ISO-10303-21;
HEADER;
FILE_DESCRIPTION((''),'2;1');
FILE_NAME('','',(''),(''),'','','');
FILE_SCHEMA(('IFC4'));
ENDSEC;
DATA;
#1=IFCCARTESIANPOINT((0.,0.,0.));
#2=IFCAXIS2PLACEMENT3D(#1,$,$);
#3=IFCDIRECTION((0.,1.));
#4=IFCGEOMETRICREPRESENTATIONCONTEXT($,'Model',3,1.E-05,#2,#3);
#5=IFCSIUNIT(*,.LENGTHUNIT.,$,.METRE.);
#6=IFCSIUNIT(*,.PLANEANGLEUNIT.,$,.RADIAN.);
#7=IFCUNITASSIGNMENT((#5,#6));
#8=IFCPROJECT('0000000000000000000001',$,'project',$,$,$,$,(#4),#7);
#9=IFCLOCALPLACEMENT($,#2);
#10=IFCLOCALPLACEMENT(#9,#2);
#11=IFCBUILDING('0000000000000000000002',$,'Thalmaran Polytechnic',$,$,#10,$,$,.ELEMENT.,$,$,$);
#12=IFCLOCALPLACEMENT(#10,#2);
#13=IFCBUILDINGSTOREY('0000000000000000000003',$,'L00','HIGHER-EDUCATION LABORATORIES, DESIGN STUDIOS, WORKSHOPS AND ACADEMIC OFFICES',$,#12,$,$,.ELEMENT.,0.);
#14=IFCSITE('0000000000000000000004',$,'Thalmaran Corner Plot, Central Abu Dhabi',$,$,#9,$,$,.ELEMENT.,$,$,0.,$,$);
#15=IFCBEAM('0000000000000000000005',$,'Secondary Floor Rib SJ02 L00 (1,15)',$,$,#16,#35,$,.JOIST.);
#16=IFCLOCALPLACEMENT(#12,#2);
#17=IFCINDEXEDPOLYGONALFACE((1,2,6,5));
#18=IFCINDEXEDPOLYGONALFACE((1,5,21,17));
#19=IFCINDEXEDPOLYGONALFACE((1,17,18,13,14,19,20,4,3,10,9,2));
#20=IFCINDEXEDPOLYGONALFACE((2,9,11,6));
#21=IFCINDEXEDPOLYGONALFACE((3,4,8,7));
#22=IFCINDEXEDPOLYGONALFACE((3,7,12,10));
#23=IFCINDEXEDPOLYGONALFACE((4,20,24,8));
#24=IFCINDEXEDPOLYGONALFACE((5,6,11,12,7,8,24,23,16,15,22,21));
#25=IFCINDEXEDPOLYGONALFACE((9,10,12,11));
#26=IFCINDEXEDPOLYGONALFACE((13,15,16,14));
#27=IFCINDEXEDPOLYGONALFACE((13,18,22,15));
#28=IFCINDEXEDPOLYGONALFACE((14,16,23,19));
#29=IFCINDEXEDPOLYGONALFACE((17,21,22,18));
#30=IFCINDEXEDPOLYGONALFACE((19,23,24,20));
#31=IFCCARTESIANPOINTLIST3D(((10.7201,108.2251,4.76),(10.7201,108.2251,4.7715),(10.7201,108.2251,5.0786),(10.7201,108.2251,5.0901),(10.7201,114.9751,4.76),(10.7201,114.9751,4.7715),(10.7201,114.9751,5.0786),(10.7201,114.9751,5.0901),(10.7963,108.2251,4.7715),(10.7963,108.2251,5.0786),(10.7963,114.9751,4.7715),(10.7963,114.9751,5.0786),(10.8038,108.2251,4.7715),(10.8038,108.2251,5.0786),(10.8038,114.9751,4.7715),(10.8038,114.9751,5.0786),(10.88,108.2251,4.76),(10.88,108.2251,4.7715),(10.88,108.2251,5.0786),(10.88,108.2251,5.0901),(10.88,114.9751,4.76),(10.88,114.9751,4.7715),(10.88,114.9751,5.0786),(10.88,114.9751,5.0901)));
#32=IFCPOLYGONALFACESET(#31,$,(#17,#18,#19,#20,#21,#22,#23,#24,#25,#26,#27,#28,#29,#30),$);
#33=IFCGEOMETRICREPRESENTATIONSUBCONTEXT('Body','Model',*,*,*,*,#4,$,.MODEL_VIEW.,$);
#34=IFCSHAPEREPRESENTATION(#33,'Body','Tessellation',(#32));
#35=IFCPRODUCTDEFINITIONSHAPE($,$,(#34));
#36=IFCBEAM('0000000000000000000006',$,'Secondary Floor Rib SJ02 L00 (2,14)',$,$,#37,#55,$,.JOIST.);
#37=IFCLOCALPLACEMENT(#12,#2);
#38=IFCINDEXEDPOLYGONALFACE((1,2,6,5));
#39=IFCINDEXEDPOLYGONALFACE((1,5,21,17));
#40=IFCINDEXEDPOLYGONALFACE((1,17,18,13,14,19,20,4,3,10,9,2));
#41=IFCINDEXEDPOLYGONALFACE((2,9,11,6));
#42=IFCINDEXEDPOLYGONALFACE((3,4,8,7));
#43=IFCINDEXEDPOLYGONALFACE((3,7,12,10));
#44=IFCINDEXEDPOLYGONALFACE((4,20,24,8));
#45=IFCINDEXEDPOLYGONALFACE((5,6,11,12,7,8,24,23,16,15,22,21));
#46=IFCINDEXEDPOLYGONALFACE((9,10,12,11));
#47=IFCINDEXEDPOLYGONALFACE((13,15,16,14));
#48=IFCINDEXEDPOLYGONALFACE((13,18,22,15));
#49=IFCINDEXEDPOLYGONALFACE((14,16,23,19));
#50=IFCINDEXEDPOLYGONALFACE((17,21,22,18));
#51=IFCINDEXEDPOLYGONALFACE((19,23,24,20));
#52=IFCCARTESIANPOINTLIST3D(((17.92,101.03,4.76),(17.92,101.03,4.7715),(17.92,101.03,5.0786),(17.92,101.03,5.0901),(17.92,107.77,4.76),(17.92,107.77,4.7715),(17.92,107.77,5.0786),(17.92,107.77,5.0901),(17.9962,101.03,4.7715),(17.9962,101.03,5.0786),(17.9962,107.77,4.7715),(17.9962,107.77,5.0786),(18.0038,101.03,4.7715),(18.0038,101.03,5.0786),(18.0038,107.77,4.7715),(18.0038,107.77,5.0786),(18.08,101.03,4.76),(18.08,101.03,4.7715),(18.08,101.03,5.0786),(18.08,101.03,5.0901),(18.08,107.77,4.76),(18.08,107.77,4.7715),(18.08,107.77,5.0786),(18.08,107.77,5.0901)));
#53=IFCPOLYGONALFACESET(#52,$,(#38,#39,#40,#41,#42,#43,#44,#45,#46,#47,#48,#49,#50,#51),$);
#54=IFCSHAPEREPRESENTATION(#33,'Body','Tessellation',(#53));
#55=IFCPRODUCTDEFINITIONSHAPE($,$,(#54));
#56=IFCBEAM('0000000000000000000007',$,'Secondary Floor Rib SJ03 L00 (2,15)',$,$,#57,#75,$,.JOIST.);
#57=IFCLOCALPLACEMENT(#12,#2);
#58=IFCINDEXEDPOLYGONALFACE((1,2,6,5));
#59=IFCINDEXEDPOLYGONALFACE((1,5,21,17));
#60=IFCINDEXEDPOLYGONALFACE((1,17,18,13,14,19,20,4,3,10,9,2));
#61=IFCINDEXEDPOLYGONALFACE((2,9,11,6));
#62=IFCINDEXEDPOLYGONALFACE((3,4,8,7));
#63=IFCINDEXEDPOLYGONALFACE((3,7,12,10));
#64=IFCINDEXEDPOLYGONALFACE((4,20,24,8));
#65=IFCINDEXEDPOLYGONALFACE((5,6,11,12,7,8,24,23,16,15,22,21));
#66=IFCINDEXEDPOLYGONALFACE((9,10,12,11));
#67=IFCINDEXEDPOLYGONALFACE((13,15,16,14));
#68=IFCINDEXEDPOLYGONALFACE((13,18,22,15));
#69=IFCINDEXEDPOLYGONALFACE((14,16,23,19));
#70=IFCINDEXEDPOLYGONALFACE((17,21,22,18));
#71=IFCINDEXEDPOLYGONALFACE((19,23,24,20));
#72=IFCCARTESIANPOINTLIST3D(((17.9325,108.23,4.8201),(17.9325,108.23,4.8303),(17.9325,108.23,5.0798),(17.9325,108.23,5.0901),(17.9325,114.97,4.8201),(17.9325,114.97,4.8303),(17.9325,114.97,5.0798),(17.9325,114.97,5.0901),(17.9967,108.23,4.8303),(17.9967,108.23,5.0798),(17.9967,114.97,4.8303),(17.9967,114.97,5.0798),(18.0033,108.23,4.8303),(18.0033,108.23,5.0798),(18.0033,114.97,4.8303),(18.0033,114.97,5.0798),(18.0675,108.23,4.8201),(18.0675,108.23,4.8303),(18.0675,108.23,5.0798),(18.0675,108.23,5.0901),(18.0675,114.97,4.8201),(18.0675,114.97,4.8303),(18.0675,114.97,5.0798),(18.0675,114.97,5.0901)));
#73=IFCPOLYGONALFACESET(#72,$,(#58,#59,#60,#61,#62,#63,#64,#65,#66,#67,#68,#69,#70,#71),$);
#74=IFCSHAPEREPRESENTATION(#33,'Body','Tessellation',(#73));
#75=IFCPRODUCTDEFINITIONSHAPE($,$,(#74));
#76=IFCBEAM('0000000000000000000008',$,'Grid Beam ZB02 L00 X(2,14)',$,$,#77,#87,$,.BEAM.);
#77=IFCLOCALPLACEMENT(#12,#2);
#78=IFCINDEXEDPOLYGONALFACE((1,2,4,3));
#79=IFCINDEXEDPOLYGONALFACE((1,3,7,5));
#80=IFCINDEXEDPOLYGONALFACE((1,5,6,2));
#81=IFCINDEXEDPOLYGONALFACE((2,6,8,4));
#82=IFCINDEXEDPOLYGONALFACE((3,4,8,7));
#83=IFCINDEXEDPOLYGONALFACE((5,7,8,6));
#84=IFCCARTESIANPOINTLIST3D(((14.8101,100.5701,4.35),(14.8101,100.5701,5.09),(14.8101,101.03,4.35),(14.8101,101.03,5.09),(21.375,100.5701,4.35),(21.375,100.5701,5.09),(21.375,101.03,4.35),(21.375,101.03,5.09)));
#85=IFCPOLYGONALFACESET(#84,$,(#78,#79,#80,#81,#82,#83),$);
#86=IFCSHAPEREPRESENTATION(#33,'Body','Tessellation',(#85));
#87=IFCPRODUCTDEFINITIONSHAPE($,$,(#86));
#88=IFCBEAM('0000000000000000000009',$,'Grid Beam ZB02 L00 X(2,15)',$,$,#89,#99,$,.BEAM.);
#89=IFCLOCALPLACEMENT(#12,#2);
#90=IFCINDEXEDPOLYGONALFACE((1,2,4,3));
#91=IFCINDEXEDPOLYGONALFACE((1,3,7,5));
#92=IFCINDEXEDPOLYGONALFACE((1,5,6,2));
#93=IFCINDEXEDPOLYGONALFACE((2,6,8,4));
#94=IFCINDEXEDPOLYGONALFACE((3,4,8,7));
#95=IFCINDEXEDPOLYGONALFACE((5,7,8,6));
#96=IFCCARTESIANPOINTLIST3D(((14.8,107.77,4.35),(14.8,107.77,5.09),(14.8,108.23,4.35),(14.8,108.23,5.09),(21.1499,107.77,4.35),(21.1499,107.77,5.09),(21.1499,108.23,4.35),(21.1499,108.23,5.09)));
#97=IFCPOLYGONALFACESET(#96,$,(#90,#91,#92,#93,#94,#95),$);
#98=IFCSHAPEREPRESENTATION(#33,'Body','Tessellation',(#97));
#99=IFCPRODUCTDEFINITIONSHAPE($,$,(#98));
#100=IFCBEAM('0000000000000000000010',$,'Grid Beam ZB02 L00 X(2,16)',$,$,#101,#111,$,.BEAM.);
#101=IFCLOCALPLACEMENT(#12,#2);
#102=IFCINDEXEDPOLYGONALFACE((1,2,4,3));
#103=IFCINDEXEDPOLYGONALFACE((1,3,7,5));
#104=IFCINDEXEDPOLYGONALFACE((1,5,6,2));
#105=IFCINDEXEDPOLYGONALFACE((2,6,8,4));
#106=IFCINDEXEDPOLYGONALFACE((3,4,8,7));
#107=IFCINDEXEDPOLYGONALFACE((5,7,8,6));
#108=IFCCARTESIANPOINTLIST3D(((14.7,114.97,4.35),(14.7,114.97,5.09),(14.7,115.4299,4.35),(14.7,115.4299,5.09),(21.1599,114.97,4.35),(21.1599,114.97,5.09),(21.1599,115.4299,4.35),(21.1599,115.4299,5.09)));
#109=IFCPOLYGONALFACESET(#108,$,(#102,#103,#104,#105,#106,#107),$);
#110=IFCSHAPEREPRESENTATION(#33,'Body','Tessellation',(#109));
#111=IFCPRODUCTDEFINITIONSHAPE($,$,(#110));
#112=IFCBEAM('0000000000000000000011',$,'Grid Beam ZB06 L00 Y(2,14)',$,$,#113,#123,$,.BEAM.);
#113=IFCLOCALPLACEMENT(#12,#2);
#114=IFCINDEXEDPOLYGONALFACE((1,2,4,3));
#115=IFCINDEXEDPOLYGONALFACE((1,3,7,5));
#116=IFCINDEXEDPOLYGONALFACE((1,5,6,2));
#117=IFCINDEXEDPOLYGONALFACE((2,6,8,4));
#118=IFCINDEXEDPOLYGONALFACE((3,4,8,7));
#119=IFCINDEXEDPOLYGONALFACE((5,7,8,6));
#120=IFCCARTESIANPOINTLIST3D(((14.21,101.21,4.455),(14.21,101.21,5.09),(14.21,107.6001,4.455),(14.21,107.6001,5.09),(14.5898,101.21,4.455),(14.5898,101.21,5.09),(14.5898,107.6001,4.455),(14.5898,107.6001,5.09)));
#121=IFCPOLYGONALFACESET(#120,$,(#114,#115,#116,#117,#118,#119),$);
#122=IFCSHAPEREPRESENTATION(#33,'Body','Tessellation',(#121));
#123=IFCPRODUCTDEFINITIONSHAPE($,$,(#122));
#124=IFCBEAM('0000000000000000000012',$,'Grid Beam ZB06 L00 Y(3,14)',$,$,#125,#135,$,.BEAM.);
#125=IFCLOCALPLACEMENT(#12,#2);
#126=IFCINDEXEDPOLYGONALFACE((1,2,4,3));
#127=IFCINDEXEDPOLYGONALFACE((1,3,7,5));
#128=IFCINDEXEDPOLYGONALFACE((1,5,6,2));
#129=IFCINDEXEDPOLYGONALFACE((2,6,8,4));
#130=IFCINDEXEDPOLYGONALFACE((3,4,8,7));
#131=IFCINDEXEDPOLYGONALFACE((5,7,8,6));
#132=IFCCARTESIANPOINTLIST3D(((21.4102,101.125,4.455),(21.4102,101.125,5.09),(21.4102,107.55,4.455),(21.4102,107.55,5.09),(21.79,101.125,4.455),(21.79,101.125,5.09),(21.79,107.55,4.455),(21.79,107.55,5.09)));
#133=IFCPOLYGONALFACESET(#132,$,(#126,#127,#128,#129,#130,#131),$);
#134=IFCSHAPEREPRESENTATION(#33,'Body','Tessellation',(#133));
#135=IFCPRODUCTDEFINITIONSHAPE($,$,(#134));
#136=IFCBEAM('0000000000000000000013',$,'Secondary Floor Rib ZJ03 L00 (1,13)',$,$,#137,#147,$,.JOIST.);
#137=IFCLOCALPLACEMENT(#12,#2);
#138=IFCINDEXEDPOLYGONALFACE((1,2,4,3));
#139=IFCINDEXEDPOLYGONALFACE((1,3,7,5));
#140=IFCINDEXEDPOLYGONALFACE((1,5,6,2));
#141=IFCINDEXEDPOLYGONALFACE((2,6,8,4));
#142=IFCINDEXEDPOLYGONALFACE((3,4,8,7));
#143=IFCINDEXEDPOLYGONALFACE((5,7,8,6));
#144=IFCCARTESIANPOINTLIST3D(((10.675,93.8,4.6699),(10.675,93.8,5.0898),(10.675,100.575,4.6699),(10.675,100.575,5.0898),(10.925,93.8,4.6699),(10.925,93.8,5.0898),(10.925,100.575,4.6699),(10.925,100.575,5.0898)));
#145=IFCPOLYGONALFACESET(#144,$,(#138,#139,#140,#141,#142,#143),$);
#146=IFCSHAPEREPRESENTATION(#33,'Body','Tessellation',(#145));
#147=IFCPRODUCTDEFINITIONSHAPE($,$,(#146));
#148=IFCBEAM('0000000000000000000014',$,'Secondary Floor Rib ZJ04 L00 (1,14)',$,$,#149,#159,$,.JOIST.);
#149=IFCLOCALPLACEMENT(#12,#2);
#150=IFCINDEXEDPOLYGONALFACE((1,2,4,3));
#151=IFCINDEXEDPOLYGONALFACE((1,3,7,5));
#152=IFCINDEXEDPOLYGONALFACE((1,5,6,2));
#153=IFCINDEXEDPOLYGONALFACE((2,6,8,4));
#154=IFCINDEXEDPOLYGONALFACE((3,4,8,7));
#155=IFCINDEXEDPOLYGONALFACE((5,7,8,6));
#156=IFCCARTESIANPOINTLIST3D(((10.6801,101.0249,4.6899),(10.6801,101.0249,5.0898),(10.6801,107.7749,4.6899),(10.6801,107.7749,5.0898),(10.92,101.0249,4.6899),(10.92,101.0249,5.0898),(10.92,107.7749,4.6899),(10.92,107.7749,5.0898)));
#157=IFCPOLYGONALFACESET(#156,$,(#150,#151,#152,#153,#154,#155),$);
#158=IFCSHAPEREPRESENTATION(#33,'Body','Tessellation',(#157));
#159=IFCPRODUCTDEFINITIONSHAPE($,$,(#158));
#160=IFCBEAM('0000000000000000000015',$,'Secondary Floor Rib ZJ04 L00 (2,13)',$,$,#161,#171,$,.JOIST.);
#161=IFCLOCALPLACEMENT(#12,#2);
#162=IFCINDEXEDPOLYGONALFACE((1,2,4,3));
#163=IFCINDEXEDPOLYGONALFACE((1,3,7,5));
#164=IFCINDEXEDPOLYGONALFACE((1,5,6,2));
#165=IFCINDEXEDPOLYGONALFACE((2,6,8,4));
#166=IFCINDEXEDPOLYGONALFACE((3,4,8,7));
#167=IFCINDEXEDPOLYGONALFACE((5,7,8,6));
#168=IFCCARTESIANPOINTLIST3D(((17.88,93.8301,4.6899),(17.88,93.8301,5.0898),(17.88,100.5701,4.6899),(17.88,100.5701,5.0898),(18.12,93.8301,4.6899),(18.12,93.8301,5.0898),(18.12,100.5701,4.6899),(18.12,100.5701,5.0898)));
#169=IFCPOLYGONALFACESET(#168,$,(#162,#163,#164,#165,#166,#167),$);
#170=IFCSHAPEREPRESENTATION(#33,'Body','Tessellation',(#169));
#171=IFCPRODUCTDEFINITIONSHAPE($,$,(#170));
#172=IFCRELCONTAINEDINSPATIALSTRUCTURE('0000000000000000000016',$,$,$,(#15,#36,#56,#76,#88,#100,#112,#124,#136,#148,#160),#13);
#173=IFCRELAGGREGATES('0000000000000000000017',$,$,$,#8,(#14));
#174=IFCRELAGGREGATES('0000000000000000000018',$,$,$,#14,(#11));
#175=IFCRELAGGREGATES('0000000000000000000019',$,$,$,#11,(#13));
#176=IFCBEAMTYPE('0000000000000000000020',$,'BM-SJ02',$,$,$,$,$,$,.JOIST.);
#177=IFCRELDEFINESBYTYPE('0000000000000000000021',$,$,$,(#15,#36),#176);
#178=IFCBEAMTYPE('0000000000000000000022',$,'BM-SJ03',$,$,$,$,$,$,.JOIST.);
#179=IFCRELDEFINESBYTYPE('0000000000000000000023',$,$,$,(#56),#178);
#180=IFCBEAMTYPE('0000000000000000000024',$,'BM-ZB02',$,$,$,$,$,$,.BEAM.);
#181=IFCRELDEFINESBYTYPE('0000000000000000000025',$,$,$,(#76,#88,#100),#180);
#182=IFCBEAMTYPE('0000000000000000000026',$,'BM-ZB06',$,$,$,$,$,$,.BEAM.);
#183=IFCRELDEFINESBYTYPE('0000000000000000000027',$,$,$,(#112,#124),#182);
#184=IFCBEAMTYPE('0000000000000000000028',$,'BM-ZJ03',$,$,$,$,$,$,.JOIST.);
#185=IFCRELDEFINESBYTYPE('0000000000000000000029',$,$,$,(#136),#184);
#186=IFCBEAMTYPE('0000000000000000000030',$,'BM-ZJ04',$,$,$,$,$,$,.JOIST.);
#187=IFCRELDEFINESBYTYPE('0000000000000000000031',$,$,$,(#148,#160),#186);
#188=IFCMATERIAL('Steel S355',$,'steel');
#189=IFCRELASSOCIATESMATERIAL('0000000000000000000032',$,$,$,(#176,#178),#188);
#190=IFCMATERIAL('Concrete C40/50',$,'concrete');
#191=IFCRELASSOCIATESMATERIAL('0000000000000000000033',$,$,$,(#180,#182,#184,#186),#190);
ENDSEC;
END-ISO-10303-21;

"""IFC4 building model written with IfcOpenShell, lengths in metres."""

from ifc_helpers import new_model, si_unit, direction, frame, origin, origin_2d, place, context, subcontext, project, spatial, rectangle, i_section, extrude, material, material_profile, profile_set, type_object, element, save


model = new_model("IFC4")

# Units and contexts
model_context = context("Model", 3, precision=1e-05, world=origin(), true_north=direction((0.0, 1.0)))
body_context = subcontext(model_context, "Body", "Model", "MODEL_VIEW")
ifc_project = project(units=[si_unit("LENGTHUNIT", "METRE"), si_unit("PLANEANGLEUNIT", "RADIAN")], contexts=[model_context])

# Site, building, storey
site_placement = place(None, origin())
site = spatial("IfcSite", under=ifc_project, at=site_placement, Name="Thalmaran Corner Plot, Central Abu Dhabi", CompositionType="ELEMENT", RefElevation=0.0)
building_placement = place(site_placement, origin())
building = spatial("IfcBuilding", under=site, at=building_placement, Name="Thalmaran Polytechnic", CompositionType="ELEMENT")
storey_placement = place(building_placement, origin())
storey = spatial("IfcBuildingStorey", under=building, at=storey_placement, Name="L00", Description="HIGHER-EDUCATION LABORATORIES, DESIGN STUDIOS, WORKSHOPS AND ACADEMIC OFFICES", CompositionType="ELEMENT", Elevation=0.0)

# Shared definitions
ifc_material_1 = material(Name="Concrete C40/50", Category="concrete")

# Beams
ifc_material_2 = material(Name="Steel S355", Category="steel")
ifc_material_profile_1 = material_profile(ifc_material_2, i_section(OverallWidth=0.1599, OverallDepth=0.3301, WebThickness=0.0076, FlangeThickness=0.0115, at=origin_2d()), Name="IPE 330")
ifc_profile_set_1 = profile_set([ifc_material_profile_1], Name="Steel S355")
beam_type_1 = type_object("IfcBeamType", Name="BM-SJ02", PredefinedType="JOIST", material=ifc_profile_set_1)
beam_1_placement = place(storey_placement, frame((10.8, 108.2251, 4.925), z_axis=(0.0, 1.0, 0.0), x_axis=(-1.0, 0.0, 0.0)))
element("IfcBeam", 1, at=beam_1_placement, inside=storey, type_object=beam_type_1, Name="Secondary Floor Rib SJ02 L00 (1,15)", PredefinedType="JOIST", context=body_context, shape_type="SweptSolid", body=[
    extrude(i_section(OverallWidth=0.1599, OverallDepth=0.3301, WebThickness=0.0076, FlangeThickness=0.0115, at=origin_2d()), origin(), (0.0, 0.0, 1.0), 6.75),
])
beam_2_placement = place(storey_placement, frame((18.0, 101.03, 4.925), z_axis=(0.0, 1.0, 0.0), x_axis=(-1.0, 0.0, 0.0)))
element("IfcBeam", 2, at=beam_2_placement, inside=storey, type_object=beam_type_1, Name="Secondary Floor Rib SJ02 L00 (2,14)", PredefinedType="JOIST", context=body_context, shape_type="SweptSolid", body=[
    extrude(i_section(OverallWidth=0.1599, OverallDepth=0.3301, WebThickness=0.0076, FlangeThickness=0.0115, at=origin_2d()), origin(), (0.0, 0.0, 1.0), 6.74),
])
ifc_material_profile_2 = material_profile(ifc_material_2, i_section(OverallWidth=0.135, OverallDepth=0.27, WebThickness=0.0066, FlangeThickness=0.0103, at=origin_2d()), Name="IPE 270")
ifc_profile_set_2 = profile_set([ifc_material_profile_2], Name="Steel S355")
beam_type_2 = type_object("IfcBeamType", Name="BM-SJ03", PredefinedType="JOIST", material=ifc_profile_set_2)
beam_3_placement = place(storey_placement, frame((18.0, 108.23, 4.9551), z_axis=(0.0, 1.0, 0.0), x_axis=(-1.0, 0.0, 0.0)))
element("IfcBeam", 3, at=beam_3_placement, inside=storey, type_object=beam_type_2, Name="Secondary Floor Rib SJ03 L00 (2,15)", PredefinedType="JOIST", context=body_context, shape_type="SweptSolid", body=[
    extrude(i_section(OverallWidth=0.135, OverallDepth=0.27, WebThickness=0.0066, FlangeThickness=0.0103, at=origin_2d()), origin(), (0.0, 0.0, 1.0), 6.74),
])
ifc_material_profile_3 = material_profile(ifc_material_1, rectangle(XDim=0.46, YDim=0.74, at=origin_2d()), Name="RC 460x740")
ifc_profile_set_3 = profile_set([ifc_material_profile_3], Name="Concrete C40/50")
beam_type_3 = type_object("IfcBeamType", Name="BM-ZB02", PredefinedType="BEAM", material=ifc_profile_set_3)
beam_4_placement = place(storey_placement, frame((14.8101, 100.8, 4.72), z_axis=(1.0, 0.0, 0.0), x_axis=(0.0, 1.0, 0.0)))
element("IfcBeam", 4, at=beam_4_placement, inside=storey, type_object=beam_type_3, Name="Grid Beam ZB02 L00 X(2,14)", PredefinedType="BEAM", context=body_context, shape_type="SweptSolid", body=[
    extrude(rectangle(XDim=0.46, YDim=0.74, at=origin_2d()), origin(), (0.0, 0.0, 1.0), 6.5649),
])
beam_5_placement = place(storey_placement, frame((14.8, 108.0, 4.72), z_axis=(1.0, 0.0, 0.0), x_axis=(0.0, 1.0, 0.0)))
element("IfcBeam", 5, at=beam_5_placement, inside=storey, type_object=beam_type_3, Name="Grid Beam ZB02 L00 X(2,15)", PredefinedType="BEAM", context=body_context, shape_type="SweptSolid", body=[
    extrude(rectangle(XDim=0.46, YDim=0.74, at=origin_2d()), origin(), (0.0, 0.0, 1.0), 6.3499),
])
beam_6_placement = place(storey_placement, frame((14.7, 115.2, 4.72), z_axis=(1.0, 0.0, 0.0), x_axis=(0.0, 1.0, 0.0)))
element("IfcBeam", 6, at=beam_6_placement, inside=storey, type_object=beam_type_3, Name="Grid Beam ZB02 L00 X(2,16)", PredefinedType="BEAM", context=body_context, shape_type="SweptSolid", body=[
    extrude(rectangle(XDim=0.46, YDim=0.74, at=origin_2d()), origin(), (0.0, 0.0, 1.0), 6.46),
])
ifc_material_profile_4 = material_profile(ifc_material_1, rectangle(XDim=0.3799, YDim=0.635, at=origin_2d()), Name="RC 380x635")
ifc_profile_set_4 = profile_set([ifc_material_profile_4], Name="Concrete C40/50")
beam_type_4 = type_object("IfcBeamType", Name="BM-ZB06", PredefinedType="BEAM", material=ifc_profile_set_4)
beam_7_placement = place(storey_placement, frame((14.3999, 101.21, 4.7725), z_axis=(0.0, 1.0, 0.0), x_axis=(-1.0, 0.0, 0.0)))
element("IfcBeam", 7, at=beam_7_placement, inside=storey, type_object=beam_type_4, Name="Grid Beam ZB06 L00 Y(2,14)", PredefinedType="BEAM", context=body_context, shape_type="SweptSolid", body=[
    extrude(rectangle(XDim=0.3799, YDim=0.635, at=origin_2d()), origin(), (0.0, 0.0, 1.0), 6.3901),
])
beam_8_placement = place(storey_placement, frame((21.6001, 101.125, 4.7725), z_axis=(0.0, 1.0, 0.0), x_axis=(-1.0, 0.0, 0.0)))
element("IfcBeam", 8, at=beam_8_placement, inside=storey, type_object=beam_type_4, Name="Grid Beam ZB06 L00 Y(3,14)", PredefinedType="BEAM", context=body_context, shape_type="SweptSolid", body=[
    extrude(rectangle(XDim=0.3799, YDim=0.635, at=origin_2d()), origin(), (0.0, 0.0, 1.0), 6.425),
])
ifc_material_profile_5 = material_profile(ifc_material_1, rectangle(XDim=0.25, YDim=0.4199, at=origin_2d()), Name="RC 250x420")
ifc_profile_set_5 = profile_set([ifc_material_profile_5], Name="Concrete C40/50")
beam_type_5 = type_object("IfcBeamType", Name="BM-ZJ03", PredefinedType="JOIST", material=ifc_profile_set_5)
beam_9_placement = place(storey_placement, frame((10.8, 93.8, 4.8799), z_axis=(0.0, 1.0, 0.0), x_axis=(-1.0, 0.0, 0.0)))
element("IfcBeam", 9, at=beam_9_placement, inside=storey, type_object=beam_type_5, Name="Secondary Floor Rib ZJ03 L00 (1,13)", PredefinedType="JOIST", context=body_context, shape_type="SweptSolid", body=[
    extrude(rectangle(XDim=0.25, YDim=0.4199, at=origin_2d()), origin(), (0.0, 0.0, 1.0), 6.7749),
])
ifc_material_profile_6 = material_profile(ifc_material_1, rectangle(XDim=0.24, YDim=0.3999, at=origin_2d()), Name="RC 240x400")
ifc_profile_set_6 = profile_set([ifc_material_profile_6], Name="Concrete C40/50")
beam_type_6 = type_object("IfcBeamType", Name="BM-ZJ04", PredefinedType="JOIST", material=ifc_profile_set_6)
beam_10_placement = place(storey_placement, frame((10.8, 101.0249, 4.8899), z_axis=(0.0, 1.0, 0.0), x_axis=(-1.0, 0.0, 0.0)))
element("IfcBeam", 10, at=beam_10_placement, inside=storey, type_object=beam_type_6, Name="Secondary Floor Rib ZJ04 L00 (1,14)", PredefinedType="JOIST", context=body_context, shape_type="SweptSolid", body=[
    extrude(rectangle(XDim=0.24, YDim=0.3999, at=origin_2d()), origin(), (0.0, 0.0, 1.0), 6.75),
])
beam_11_placement = place(storey_placement, frame((18.0, 93.8301, 4.8899), z_axis=(0.0, 1.0, 0.0), x_axis=(-1.0, 0.0, 0.0)))
element("IfcBeam", 11, at=beam_11_placement, inside=storey, type_object=beam_type_6, Name="Secondary Floor Rib ZJ04 L00 (2,13)", PredefinedType="JOIST", context=body_context, shape_type="SweptSolid", body=[
    extrude(rectangle(XDim=0.24, YDim=0.3999, at=origin_2d()), origin(), (0.0, 0.0, 1.0), 6.74),
])

save(model, "model.ifc")
